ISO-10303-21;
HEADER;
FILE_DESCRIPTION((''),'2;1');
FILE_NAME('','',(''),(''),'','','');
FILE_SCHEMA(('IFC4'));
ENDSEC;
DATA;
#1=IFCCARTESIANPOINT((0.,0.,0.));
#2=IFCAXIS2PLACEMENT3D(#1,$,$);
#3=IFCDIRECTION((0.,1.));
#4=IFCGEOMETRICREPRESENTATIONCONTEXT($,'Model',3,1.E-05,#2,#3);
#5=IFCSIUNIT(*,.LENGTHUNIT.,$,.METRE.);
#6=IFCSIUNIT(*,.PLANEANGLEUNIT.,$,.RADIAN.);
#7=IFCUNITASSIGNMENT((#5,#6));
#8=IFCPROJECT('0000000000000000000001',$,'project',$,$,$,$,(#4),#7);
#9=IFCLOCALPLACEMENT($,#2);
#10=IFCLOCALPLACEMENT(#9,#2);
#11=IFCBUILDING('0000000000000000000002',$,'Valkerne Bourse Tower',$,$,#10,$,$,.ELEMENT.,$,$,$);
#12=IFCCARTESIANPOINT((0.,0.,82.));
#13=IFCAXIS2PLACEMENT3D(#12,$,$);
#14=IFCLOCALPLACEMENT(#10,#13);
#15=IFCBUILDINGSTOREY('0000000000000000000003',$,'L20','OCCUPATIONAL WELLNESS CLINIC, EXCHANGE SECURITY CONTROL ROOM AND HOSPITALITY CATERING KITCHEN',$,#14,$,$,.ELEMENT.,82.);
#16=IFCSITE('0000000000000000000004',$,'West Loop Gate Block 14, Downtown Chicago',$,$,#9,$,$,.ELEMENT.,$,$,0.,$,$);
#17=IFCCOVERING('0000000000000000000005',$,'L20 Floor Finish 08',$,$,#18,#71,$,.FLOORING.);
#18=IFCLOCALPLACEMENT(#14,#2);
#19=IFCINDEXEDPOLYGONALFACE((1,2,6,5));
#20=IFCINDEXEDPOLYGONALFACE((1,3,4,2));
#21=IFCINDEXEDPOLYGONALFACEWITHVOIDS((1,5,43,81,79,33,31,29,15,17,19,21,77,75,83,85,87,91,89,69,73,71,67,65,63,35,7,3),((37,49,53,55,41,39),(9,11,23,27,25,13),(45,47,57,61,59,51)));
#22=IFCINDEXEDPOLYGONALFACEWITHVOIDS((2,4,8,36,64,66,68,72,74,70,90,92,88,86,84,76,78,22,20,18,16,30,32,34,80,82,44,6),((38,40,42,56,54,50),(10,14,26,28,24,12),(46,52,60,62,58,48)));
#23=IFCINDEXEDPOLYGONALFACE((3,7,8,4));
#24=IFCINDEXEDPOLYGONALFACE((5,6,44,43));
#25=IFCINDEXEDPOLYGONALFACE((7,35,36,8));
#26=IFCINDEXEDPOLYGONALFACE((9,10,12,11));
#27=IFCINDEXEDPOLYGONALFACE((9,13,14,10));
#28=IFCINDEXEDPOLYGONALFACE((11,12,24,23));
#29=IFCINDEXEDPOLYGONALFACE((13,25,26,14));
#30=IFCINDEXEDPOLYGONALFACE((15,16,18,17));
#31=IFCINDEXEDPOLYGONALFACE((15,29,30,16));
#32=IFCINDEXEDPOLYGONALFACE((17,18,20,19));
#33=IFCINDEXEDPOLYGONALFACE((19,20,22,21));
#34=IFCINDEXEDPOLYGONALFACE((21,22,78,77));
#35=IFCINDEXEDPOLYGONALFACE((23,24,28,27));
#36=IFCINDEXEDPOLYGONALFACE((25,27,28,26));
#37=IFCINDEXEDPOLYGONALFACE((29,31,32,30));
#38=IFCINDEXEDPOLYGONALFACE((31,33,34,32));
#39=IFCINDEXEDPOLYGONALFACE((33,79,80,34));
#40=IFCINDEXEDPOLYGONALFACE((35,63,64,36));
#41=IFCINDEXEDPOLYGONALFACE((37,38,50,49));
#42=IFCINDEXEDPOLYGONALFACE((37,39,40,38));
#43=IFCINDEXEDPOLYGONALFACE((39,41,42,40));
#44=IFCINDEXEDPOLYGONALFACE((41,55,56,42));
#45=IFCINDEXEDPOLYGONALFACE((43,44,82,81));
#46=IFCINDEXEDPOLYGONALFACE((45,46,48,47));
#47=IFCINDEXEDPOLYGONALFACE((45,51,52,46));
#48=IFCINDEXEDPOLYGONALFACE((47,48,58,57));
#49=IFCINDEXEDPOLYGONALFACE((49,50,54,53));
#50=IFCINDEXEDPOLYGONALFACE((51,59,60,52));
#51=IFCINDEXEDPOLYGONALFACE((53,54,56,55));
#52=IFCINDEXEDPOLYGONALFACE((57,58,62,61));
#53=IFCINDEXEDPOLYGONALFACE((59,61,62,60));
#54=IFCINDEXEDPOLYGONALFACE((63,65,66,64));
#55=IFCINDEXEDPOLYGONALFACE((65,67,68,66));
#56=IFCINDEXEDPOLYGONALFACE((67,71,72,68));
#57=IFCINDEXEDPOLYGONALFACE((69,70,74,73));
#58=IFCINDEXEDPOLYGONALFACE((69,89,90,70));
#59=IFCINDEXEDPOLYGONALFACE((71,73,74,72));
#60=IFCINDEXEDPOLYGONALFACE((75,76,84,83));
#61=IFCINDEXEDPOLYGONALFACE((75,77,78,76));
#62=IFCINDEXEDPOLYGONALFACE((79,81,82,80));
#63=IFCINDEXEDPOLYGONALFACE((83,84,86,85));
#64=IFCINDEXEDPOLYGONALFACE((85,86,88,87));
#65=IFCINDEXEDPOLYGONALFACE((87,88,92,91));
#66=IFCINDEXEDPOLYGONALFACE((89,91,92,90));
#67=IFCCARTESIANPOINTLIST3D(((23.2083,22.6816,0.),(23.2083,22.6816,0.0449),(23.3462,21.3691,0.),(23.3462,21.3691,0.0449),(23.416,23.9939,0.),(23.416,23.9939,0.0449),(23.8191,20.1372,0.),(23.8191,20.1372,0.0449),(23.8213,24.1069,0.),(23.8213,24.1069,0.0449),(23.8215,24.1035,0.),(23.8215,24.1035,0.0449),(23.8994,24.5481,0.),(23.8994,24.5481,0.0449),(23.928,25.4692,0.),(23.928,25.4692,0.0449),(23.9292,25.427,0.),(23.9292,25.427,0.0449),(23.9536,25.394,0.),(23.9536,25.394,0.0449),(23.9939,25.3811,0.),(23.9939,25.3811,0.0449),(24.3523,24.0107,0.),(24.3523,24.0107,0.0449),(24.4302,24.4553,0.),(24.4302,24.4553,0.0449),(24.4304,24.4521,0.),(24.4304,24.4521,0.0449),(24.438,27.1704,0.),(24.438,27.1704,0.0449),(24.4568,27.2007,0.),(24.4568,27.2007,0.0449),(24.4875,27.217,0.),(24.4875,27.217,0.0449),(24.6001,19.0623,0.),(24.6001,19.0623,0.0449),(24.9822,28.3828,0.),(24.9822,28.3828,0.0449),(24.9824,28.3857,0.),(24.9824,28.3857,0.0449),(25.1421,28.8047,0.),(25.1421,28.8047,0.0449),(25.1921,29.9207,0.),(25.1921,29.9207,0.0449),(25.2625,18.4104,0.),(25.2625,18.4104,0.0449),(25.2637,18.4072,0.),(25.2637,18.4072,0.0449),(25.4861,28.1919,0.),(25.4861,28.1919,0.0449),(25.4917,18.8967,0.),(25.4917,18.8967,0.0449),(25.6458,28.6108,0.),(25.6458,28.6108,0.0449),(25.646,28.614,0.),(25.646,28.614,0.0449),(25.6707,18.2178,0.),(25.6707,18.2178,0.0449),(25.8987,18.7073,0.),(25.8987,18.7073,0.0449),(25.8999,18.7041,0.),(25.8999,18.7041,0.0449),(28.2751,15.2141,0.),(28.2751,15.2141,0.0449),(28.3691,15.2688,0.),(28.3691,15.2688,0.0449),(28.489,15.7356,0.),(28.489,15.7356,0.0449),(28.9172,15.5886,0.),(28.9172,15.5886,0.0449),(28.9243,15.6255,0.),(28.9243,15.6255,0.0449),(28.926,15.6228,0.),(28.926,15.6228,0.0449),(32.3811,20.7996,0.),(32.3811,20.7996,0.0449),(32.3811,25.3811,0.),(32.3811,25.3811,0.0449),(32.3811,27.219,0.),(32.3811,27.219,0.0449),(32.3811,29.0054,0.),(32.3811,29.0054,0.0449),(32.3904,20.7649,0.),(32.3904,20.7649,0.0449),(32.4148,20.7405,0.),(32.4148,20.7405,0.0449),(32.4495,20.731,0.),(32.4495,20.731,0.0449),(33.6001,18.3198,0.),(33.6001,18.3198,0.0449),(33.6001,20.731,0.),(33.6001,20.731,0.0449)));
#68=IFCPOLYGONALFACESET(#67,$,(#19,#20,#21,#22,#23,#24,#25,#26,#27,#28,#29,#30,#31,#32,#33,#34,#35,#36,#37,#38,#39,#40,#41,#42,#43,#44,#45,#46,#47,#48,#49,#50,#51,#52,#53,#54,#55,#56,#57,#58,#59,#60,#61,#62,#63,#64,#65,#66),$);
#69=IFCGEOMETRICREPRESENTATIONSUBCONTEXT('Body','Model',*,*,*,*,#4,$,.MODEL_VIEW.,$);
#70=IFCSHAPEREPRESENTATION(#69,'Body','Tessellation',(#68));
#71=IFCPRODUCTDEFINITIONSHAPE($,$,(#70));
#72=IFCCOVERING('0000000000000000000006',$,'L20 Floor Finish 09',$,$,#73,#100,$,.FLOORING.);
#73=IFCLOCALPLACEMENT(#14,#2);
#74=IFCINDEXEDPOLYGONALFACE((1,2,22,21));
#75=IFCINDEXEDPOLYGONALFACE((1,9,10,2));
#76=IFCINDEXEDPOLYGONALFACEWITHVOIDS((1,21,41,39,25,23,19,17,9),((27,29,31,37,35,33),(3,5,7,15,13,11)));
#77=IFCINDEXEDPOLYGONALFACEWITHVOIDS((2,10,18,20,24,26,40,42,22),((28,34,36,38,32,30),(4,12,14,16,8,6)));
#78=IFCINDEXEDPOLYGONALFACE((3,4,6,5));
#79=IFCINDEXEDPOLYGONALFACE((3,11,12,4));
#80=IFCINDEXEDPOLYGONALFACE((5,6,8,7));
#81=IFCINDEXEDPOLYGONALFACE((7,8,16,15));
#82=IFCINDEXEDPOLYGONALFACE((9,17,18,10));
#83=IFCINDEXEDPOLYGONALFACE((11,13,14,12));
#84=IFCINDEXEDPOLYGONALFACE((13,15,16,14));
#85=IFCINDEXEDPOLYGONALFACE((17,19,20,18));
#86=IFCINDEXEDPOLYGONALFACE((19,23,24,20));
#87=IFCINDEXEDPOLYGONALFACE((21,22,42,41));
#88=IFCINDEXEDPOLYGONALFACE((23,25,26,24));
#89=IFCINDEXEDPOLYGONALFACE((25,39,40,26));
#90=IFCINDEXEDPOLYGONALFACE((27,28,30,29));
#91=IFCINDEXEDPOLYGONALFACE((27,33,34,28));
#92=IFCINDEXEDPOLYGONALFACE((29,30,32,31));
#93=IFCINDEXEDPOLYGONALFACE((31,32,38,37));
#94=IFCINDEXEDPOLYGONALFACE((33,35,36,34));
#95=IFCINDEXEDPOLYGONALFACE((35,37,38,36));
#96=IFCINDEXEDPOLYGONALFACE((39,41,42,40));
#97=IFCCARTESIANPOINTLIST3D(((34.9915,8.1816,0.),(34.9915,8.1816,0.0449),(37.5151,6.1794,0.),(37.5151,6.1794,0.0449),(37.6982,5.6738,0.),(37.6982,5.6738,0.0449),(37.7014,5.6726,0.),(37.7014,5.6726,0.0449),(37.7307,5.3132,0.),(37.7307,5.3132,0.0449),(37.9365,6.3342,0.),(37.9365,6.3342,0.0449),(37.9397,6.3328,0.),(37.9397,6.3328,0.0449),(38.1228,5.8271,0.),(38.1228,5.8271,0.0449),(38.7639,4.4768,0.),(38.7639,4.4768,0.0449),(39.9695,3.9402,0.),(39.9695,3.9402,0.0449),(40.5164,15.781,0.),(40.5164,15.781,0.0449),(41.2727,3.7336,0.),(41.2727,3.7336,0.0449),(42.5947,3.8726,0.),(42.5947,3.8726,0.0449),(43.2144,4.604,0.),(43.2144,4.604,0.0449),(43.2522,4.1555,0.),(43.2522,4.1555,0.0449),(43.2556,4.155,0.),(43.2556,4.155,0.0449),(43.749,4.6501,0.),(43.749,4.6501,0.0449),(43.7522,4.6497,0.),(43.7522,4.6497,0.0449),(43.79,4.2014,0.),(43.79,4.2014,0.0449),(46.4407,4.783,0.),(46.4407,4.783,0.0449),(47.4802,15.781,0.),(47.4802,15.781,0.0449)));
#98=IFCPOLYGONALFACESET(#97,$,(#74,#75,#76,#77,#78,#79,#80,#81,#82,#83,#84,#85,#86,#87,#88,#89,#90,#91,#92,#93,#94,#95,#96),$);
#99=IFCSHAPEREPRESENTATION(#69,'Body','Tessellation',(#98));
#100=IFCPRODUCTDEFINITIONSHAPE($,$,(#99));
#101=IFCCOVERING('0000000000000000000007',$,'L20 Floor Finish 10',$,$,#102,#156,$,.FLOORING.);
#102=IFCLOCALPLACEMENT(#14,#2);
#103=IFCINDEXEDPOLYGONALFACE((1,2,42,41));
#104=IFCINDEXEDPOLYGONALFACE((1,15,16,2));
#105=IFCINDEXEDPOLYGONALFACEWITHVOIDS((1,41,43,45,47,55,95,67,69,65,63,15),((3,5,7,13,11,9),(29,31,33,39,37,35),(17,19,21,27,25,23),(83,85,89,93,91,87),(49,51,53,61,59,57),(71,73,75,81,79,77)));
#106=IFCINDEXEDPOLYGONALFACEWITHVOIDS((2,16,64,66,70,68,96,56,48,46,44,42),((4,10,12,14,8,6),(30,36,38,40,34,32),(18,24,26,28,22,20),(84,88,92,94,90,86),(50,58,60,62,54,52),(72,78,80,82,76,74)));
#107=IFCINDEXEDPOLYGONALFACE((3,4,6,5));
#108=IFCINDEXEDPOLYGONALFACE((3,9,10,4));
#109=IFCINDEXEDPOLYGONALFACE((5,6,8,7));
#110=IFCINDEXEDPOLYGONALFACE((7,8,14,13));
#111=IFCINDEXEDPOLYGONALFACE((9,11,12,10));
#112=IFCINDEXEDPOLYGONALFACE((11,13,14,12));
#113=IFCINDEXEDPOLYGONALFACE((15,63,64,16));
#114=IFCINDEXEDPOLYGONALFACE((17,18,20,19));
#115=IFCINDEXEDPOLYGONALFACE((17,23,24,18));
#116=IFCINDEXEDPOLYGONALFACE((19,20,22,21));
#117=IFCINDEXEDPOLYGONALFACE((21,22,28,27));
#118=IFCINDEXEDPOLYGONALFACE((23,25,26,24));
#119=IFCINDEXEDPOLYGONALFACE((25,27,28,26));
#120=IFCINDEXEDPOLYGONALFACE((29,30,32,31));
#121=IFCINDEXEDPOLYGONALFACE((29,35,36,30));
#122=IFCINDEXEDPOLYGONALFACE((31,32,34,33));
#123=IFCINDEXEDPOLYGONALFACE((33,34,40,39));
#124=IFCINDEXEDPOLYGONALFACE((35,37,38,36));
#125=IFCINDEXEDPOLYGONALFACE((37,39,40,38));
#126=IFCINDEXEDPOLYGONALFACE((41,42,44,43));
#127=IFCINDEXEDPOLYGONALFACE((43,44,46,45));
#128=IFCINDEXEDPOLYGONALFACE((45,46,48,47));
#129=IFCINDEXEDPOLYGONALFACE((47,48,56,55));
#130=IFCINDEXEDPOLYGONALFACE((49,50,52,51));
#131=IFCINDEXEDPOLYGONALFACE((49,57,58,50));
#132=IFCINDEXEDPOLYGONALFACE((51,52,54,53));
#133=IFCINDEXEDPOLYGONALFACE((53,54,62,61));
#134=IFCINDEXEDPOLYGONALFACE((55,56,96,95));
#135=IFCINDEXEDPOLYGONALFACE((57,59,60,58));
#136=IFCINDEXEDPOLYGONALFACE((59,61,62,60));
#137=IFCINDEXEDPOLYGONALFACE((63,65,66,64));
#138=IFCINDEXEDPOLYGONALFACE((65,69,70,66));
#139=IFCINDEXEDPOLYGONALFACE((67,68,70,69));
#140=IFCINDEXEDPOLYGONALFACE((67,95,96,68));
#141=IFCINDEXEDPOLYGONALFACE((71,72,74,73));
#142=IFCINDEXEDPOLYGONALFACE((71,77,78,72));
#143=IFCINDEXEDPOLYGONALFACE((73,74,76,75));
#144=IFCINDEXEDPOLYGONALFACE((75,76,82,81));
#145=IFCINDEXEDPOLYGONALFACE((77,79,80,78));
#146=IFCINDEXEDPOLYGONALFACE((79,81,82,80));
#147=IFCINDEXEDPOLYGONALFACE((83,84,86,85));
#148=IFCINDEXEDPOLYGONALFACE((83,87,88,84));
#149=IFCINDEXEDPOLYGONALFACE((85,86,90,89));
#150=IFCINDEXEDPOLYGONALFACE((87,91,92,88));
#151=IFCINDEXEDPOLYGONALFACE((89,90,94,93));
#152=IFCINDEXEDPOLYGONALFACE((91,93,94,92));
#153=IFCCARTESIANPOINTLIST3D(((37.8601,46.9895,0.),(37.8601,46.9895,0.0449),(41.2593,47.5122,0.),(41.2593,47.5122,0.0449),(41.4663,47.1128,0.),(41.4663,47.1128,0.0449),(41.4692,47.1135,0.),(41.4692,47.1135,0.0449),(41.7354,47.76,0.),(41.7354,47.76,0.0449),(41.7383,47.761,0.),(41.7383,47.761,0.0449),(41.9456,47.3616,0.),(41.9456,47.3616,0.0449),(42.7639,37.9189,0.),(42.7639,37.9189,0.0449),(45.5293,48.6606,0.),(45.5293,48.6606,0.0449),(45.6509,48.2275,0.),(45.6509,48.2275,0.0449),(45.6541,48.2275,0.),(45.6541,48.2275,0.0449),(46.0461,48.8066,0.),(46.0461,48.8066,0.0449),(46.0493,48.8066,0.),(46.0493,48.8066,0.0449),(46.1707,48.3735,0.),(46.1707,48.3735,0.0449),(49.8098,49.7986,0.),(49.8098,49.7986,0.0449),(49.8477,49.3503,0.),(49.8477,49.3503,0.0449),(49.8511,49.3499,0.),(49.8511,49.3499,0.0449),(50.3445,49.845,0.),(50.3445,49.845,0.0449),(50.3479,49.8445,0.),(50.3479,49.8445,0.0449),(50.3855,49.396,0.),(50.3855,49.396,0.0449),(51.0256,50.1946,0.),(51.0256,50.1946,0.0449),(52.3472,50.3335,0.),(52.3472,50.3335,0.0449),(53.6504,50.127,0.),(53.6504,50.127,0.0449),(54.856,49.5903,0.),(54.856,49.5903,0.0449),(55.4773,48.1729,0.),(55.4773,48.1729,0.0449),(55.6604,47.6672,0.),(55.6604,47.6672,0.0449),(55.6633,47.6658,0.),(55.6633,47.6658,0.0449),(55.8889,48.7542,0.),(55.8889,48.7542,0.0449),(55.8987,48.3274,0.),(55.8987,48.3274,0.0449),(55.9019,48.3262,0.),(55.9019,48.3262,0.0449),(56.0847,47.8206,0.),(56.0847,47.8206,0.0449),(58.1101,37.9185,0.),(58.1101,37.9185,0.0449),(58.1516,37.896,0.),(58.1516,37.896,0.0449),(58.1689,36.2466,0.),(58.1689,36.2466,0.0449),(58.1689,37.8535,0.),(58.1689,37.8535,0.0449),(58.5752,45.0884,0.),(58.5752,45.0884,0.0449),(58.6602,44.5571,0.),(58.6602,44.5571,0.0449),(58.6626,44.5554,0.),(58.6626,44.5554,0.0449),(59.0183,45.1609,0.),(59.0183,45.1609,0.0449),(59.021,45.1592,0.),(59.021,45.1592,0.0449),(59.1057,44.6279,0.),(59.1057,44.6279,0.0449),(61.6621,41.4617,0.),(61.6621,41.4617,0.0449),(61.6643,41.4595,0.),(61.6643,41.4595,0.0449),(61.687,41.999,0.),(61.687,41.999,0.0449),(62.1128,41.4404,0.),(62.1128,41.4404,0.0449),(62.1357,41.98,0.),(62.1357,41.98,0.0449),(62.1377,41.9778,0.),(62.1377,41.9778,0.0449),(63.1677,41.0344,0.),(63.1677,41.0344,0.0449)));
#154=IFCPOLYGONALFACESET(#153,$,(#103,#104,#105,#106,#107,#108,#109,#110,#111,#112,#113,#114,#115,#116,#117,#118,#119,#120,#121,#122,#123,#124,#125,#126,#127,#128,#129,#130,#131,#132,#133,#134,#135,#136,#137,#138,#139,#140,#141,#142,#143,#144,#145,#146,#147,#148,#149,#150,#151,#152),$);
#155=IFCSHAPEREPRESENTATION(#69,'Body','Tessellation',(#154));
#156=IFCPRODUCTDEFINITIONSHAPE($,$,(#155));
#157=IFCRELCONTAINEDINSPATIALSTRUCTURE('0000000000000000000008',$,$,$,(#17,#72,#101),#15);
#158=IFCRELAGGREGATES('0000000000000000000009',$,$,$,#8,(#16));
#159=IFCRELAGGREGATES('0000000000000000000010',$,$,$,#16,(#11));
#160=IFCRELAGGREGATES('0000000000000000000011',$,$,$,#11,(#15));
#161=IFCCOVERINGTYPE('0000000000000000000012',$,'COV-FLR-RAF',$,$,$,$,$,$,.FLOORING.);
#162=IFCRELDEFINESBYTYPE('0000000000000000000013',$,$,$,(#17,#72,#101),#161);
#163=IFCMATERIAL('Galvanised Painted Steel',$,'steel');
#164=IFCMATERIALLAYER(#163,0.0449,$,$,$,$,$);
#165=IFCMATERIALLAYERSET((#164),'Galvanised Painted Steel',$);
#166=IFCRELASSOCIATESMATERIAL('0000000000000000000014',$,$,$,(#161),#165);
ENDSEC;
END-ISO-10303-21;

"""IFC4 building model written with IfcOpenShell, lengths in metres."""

from ifc_helpers import new_model, si_unit, direction, frame, origin, place, context, subcontext, project, spatial, polyline, outline, extrude, material, layer, layer_set, type_object, element, save


model = new_model("IFC4")

# Units and contexts
model_context = context("Model", 3, precision=1e-05, world=origin(), true_north=direction((0.0, 1.0)))
body_context = subcontext(model_context, "Body", "Model", "MODEL_VIEW")
ifc_project = project(units=[si_unit("LENGTHUNIT", "METRE"), si_unit("PLANEANGLEUNIT", "RADIAN")], contexts=[model_context])

# Site, building, storey
site_placement = place(None, origin())
site = spatial("IfcSite", under=ifc_project, at=site_placement, Name="West Loop Gate Block 14, Downtown Chicago", CompositionType="ELEMENT", RefElevation=0.0)
building_placement = place(site_placement, origin())
building = spatial("IfcBuilding", under=site, at=building_placement, Name="Valkerne Bourse Tower", CompositionType="ELEMENT")
storey_placement = place(building_placement, frame((0.0, 0.0, 82.0)))
storey = spatial("IfcBuildingStorey", under=building, at=storey_placement, Name="L20", Description="OCCUPATIONAL WELLNESS CLINIC, EXCHANGE SECURITY CONTROL ROOM AND HOSPITALITY CATERING KITCHEN", CompositionType="ELEMENT", Elevation=82.0)

# Coverings
ifc_material_1 = material(Name="Galvanised Painted Steel", Category="steel")
ifc_layer_1 = layer(ifc_material_1, 0.0449)
ifc_layer_set_1 = layer_set([ifc_layer_1], Name="Galvanised Painted Steel")
covering_type_1 = type_object("IfcCoveringType", Name="COV-FLR-RAF", PredefinedType="FLOORING", material=ifc_layer_set_1)
covering_1_placement = place(storey_placement, origin())
element("IfcCovering", 1, at=covering_1_placement, inside=storey, type_object=covering_type_1, Name="L20 Floor Finish 08", PredefinedType="FLOORING", context=body_context, shape_type="SweptSolid", body=[
    extrude(outline(polyline([(23.3462, 21.3691), (23.2083, 22.6816), (23.416, 23.9939), (25.1921, 29.9207), (32.3811, 29.0054), (32.3811, 27.219), (24.4875, 27.217), (24.4568, 27.2007), (24.438, 27.1704), (23.928, 25.4692), (23.9292, 25.427), (23.9536, 25.394), (23.9939, 25.3811), (32.3811, 25.3811), (32.3811, 20.7996), (32.3904, 20.7649), (32.4148, 20.7405), (32.4495, 20.731), (33.6001, 20.731), (33.6001, 18.3198), (28.9172, 15.5886), (28.926, 15.6228), (28.9243, 15.6255), (28.489, 15.7356), (28.3691, 15.2688), (28.2751, 15.2141), (24.6001, 19.0623), (23.8191, 20.1372), (23.3462, 21.3691)]), holes=[polyline([(25.8999, 18.7041), (25.8987, 18.7073), (25.4917, 18.8967), (25.2625, 18.4104), (25.2637, 18.4072), (25.6707, 18.2178), (25.8999, 18.7041)]), polyline([(24.4302, 24.4553), (23.8994, 24.5481), (23.8213, 24.1069), (23.8215, 24.1035), (24.3523, 24.0107), (24.4304, 24.4521), (24.4302, 24.4553)]), polyline([(25.646, 28.614), (25.1421, 28.8047), (24.9824, 28.3857), (24.9822, 28.3828), (25.4861, 28.1919), (25.6458, 28.6108), (25.646, 28.614)])]), origin(), (0.0, 0.0, 1.0), 0.0449),
])
covering_2_placement = place(storey_placement, origin())
element("IfcCovering", 2, at=covering_2_placement, inside=storey, type_object=covering_type_1, Name="L20 Floor Finish 09", PredefinedType="FLOORING", context=body_context, shape_type="SweptSolid", body=[
    extrude(outline(polyline([(39.9695, 3.9402), (38.7639, 4.4768), (37.7307, 5.3132), (34.9915, 8.1816), (40.5164, 15.781), (47.4802, 15.781), (46.4407, 4.783), (42.5947, 3.8726), (41.2727, 3.7336), (39.9695, 3.9402)]), holes=[polyline([(43.79, 4.2014), (43.7522, 4.6497), (43.749, 4.6501), (43.2144, 4.604), (43.2522, 4.1555), (43.2556, 4.155), (43.79, 4.2014)]), polyline([(37.9397, 6.3328), (37.9365, 6.3342), (37.5151, 6.1794), (37.6982, 5.6738), (37.7014, 5.6726), (38.1228, 5.8271), (37.9397, 6.3328)])]), origin(), (0.0, 0.0, 1.0), 0.0449),
])
covering_3_placement = place(storey_placement, origin())
element("IfcCovering", 3, at=covering_3_placement, inside=storey, type_object=covering_type_1, Name="L20 Floor Finish 10", PredefinedType="FLOORING", context=body_context, shape_type="SweptSolid", body=[
    extrude(outline(polyline([(53.6504, 50.127), (54.856, 49.5903), (55.8889, 48.7542), (63.1677, 41.0344), (58.1689, 36.2466), (58.1689, 37.8535), (58.1516, 37.896), (58.1101, 37.9185), (42.7639, 37.9189), (37.8601, 46.9895), (51.0256, 50.1946), (52.3472, 50.3335), (53.6504, 50.127)]), holes=[polyline([(41.9456, 47.3616), (41.7383, 47.761), (41.7354, 47.76), (41.2593, 47.5122), (41.4663, 47.1128), (41.4692, 47.1135), (41.9456, 47.3616)]), polyline([(46.1707, 48.3735), (46.0493, 48.8066), (46.0461, 48.8066), (45.5293, 48.6606), (45.6509, 48.2275), (45.6541, 48.2275), (46.1707, 48.3735)]), polyline([(50.3479, 49.8445), (50.3445, 49.845), (49.8098, 49.7986), (49.8477, 49.3503), (49.8511, 49.3499), (50.3855, 49.396), (50.3479, 49.8445)]), polyline([(62.1377, 41.9778), (62.1357, 41.98), (61.687, 41.999), (61.6621, 41.4617), (61.6643, 41.4595), (62.1128, 41.4404), (62.1377, 41.9778)]), polyline([(59.021, 45.1592), (59.0183, 45.1609), (58.5752, 45.0884), (58.6602, 44.5571), (58.6626, 44.5554), (59.1057, 44.6279), (59.021, 45.1592)]), polyline([(56.0847, 47.8206), (55.9019, 48.3262), (55.8987, 48.3274), (55.4773, 48.1729), (55.6604, 47.6672), (55.6633, 47.6658), (56.0847, 47.8206)])]), origin(), (0.0, 0.0, 1.0), 0.0449),
])

save(model, "model.ifc")
